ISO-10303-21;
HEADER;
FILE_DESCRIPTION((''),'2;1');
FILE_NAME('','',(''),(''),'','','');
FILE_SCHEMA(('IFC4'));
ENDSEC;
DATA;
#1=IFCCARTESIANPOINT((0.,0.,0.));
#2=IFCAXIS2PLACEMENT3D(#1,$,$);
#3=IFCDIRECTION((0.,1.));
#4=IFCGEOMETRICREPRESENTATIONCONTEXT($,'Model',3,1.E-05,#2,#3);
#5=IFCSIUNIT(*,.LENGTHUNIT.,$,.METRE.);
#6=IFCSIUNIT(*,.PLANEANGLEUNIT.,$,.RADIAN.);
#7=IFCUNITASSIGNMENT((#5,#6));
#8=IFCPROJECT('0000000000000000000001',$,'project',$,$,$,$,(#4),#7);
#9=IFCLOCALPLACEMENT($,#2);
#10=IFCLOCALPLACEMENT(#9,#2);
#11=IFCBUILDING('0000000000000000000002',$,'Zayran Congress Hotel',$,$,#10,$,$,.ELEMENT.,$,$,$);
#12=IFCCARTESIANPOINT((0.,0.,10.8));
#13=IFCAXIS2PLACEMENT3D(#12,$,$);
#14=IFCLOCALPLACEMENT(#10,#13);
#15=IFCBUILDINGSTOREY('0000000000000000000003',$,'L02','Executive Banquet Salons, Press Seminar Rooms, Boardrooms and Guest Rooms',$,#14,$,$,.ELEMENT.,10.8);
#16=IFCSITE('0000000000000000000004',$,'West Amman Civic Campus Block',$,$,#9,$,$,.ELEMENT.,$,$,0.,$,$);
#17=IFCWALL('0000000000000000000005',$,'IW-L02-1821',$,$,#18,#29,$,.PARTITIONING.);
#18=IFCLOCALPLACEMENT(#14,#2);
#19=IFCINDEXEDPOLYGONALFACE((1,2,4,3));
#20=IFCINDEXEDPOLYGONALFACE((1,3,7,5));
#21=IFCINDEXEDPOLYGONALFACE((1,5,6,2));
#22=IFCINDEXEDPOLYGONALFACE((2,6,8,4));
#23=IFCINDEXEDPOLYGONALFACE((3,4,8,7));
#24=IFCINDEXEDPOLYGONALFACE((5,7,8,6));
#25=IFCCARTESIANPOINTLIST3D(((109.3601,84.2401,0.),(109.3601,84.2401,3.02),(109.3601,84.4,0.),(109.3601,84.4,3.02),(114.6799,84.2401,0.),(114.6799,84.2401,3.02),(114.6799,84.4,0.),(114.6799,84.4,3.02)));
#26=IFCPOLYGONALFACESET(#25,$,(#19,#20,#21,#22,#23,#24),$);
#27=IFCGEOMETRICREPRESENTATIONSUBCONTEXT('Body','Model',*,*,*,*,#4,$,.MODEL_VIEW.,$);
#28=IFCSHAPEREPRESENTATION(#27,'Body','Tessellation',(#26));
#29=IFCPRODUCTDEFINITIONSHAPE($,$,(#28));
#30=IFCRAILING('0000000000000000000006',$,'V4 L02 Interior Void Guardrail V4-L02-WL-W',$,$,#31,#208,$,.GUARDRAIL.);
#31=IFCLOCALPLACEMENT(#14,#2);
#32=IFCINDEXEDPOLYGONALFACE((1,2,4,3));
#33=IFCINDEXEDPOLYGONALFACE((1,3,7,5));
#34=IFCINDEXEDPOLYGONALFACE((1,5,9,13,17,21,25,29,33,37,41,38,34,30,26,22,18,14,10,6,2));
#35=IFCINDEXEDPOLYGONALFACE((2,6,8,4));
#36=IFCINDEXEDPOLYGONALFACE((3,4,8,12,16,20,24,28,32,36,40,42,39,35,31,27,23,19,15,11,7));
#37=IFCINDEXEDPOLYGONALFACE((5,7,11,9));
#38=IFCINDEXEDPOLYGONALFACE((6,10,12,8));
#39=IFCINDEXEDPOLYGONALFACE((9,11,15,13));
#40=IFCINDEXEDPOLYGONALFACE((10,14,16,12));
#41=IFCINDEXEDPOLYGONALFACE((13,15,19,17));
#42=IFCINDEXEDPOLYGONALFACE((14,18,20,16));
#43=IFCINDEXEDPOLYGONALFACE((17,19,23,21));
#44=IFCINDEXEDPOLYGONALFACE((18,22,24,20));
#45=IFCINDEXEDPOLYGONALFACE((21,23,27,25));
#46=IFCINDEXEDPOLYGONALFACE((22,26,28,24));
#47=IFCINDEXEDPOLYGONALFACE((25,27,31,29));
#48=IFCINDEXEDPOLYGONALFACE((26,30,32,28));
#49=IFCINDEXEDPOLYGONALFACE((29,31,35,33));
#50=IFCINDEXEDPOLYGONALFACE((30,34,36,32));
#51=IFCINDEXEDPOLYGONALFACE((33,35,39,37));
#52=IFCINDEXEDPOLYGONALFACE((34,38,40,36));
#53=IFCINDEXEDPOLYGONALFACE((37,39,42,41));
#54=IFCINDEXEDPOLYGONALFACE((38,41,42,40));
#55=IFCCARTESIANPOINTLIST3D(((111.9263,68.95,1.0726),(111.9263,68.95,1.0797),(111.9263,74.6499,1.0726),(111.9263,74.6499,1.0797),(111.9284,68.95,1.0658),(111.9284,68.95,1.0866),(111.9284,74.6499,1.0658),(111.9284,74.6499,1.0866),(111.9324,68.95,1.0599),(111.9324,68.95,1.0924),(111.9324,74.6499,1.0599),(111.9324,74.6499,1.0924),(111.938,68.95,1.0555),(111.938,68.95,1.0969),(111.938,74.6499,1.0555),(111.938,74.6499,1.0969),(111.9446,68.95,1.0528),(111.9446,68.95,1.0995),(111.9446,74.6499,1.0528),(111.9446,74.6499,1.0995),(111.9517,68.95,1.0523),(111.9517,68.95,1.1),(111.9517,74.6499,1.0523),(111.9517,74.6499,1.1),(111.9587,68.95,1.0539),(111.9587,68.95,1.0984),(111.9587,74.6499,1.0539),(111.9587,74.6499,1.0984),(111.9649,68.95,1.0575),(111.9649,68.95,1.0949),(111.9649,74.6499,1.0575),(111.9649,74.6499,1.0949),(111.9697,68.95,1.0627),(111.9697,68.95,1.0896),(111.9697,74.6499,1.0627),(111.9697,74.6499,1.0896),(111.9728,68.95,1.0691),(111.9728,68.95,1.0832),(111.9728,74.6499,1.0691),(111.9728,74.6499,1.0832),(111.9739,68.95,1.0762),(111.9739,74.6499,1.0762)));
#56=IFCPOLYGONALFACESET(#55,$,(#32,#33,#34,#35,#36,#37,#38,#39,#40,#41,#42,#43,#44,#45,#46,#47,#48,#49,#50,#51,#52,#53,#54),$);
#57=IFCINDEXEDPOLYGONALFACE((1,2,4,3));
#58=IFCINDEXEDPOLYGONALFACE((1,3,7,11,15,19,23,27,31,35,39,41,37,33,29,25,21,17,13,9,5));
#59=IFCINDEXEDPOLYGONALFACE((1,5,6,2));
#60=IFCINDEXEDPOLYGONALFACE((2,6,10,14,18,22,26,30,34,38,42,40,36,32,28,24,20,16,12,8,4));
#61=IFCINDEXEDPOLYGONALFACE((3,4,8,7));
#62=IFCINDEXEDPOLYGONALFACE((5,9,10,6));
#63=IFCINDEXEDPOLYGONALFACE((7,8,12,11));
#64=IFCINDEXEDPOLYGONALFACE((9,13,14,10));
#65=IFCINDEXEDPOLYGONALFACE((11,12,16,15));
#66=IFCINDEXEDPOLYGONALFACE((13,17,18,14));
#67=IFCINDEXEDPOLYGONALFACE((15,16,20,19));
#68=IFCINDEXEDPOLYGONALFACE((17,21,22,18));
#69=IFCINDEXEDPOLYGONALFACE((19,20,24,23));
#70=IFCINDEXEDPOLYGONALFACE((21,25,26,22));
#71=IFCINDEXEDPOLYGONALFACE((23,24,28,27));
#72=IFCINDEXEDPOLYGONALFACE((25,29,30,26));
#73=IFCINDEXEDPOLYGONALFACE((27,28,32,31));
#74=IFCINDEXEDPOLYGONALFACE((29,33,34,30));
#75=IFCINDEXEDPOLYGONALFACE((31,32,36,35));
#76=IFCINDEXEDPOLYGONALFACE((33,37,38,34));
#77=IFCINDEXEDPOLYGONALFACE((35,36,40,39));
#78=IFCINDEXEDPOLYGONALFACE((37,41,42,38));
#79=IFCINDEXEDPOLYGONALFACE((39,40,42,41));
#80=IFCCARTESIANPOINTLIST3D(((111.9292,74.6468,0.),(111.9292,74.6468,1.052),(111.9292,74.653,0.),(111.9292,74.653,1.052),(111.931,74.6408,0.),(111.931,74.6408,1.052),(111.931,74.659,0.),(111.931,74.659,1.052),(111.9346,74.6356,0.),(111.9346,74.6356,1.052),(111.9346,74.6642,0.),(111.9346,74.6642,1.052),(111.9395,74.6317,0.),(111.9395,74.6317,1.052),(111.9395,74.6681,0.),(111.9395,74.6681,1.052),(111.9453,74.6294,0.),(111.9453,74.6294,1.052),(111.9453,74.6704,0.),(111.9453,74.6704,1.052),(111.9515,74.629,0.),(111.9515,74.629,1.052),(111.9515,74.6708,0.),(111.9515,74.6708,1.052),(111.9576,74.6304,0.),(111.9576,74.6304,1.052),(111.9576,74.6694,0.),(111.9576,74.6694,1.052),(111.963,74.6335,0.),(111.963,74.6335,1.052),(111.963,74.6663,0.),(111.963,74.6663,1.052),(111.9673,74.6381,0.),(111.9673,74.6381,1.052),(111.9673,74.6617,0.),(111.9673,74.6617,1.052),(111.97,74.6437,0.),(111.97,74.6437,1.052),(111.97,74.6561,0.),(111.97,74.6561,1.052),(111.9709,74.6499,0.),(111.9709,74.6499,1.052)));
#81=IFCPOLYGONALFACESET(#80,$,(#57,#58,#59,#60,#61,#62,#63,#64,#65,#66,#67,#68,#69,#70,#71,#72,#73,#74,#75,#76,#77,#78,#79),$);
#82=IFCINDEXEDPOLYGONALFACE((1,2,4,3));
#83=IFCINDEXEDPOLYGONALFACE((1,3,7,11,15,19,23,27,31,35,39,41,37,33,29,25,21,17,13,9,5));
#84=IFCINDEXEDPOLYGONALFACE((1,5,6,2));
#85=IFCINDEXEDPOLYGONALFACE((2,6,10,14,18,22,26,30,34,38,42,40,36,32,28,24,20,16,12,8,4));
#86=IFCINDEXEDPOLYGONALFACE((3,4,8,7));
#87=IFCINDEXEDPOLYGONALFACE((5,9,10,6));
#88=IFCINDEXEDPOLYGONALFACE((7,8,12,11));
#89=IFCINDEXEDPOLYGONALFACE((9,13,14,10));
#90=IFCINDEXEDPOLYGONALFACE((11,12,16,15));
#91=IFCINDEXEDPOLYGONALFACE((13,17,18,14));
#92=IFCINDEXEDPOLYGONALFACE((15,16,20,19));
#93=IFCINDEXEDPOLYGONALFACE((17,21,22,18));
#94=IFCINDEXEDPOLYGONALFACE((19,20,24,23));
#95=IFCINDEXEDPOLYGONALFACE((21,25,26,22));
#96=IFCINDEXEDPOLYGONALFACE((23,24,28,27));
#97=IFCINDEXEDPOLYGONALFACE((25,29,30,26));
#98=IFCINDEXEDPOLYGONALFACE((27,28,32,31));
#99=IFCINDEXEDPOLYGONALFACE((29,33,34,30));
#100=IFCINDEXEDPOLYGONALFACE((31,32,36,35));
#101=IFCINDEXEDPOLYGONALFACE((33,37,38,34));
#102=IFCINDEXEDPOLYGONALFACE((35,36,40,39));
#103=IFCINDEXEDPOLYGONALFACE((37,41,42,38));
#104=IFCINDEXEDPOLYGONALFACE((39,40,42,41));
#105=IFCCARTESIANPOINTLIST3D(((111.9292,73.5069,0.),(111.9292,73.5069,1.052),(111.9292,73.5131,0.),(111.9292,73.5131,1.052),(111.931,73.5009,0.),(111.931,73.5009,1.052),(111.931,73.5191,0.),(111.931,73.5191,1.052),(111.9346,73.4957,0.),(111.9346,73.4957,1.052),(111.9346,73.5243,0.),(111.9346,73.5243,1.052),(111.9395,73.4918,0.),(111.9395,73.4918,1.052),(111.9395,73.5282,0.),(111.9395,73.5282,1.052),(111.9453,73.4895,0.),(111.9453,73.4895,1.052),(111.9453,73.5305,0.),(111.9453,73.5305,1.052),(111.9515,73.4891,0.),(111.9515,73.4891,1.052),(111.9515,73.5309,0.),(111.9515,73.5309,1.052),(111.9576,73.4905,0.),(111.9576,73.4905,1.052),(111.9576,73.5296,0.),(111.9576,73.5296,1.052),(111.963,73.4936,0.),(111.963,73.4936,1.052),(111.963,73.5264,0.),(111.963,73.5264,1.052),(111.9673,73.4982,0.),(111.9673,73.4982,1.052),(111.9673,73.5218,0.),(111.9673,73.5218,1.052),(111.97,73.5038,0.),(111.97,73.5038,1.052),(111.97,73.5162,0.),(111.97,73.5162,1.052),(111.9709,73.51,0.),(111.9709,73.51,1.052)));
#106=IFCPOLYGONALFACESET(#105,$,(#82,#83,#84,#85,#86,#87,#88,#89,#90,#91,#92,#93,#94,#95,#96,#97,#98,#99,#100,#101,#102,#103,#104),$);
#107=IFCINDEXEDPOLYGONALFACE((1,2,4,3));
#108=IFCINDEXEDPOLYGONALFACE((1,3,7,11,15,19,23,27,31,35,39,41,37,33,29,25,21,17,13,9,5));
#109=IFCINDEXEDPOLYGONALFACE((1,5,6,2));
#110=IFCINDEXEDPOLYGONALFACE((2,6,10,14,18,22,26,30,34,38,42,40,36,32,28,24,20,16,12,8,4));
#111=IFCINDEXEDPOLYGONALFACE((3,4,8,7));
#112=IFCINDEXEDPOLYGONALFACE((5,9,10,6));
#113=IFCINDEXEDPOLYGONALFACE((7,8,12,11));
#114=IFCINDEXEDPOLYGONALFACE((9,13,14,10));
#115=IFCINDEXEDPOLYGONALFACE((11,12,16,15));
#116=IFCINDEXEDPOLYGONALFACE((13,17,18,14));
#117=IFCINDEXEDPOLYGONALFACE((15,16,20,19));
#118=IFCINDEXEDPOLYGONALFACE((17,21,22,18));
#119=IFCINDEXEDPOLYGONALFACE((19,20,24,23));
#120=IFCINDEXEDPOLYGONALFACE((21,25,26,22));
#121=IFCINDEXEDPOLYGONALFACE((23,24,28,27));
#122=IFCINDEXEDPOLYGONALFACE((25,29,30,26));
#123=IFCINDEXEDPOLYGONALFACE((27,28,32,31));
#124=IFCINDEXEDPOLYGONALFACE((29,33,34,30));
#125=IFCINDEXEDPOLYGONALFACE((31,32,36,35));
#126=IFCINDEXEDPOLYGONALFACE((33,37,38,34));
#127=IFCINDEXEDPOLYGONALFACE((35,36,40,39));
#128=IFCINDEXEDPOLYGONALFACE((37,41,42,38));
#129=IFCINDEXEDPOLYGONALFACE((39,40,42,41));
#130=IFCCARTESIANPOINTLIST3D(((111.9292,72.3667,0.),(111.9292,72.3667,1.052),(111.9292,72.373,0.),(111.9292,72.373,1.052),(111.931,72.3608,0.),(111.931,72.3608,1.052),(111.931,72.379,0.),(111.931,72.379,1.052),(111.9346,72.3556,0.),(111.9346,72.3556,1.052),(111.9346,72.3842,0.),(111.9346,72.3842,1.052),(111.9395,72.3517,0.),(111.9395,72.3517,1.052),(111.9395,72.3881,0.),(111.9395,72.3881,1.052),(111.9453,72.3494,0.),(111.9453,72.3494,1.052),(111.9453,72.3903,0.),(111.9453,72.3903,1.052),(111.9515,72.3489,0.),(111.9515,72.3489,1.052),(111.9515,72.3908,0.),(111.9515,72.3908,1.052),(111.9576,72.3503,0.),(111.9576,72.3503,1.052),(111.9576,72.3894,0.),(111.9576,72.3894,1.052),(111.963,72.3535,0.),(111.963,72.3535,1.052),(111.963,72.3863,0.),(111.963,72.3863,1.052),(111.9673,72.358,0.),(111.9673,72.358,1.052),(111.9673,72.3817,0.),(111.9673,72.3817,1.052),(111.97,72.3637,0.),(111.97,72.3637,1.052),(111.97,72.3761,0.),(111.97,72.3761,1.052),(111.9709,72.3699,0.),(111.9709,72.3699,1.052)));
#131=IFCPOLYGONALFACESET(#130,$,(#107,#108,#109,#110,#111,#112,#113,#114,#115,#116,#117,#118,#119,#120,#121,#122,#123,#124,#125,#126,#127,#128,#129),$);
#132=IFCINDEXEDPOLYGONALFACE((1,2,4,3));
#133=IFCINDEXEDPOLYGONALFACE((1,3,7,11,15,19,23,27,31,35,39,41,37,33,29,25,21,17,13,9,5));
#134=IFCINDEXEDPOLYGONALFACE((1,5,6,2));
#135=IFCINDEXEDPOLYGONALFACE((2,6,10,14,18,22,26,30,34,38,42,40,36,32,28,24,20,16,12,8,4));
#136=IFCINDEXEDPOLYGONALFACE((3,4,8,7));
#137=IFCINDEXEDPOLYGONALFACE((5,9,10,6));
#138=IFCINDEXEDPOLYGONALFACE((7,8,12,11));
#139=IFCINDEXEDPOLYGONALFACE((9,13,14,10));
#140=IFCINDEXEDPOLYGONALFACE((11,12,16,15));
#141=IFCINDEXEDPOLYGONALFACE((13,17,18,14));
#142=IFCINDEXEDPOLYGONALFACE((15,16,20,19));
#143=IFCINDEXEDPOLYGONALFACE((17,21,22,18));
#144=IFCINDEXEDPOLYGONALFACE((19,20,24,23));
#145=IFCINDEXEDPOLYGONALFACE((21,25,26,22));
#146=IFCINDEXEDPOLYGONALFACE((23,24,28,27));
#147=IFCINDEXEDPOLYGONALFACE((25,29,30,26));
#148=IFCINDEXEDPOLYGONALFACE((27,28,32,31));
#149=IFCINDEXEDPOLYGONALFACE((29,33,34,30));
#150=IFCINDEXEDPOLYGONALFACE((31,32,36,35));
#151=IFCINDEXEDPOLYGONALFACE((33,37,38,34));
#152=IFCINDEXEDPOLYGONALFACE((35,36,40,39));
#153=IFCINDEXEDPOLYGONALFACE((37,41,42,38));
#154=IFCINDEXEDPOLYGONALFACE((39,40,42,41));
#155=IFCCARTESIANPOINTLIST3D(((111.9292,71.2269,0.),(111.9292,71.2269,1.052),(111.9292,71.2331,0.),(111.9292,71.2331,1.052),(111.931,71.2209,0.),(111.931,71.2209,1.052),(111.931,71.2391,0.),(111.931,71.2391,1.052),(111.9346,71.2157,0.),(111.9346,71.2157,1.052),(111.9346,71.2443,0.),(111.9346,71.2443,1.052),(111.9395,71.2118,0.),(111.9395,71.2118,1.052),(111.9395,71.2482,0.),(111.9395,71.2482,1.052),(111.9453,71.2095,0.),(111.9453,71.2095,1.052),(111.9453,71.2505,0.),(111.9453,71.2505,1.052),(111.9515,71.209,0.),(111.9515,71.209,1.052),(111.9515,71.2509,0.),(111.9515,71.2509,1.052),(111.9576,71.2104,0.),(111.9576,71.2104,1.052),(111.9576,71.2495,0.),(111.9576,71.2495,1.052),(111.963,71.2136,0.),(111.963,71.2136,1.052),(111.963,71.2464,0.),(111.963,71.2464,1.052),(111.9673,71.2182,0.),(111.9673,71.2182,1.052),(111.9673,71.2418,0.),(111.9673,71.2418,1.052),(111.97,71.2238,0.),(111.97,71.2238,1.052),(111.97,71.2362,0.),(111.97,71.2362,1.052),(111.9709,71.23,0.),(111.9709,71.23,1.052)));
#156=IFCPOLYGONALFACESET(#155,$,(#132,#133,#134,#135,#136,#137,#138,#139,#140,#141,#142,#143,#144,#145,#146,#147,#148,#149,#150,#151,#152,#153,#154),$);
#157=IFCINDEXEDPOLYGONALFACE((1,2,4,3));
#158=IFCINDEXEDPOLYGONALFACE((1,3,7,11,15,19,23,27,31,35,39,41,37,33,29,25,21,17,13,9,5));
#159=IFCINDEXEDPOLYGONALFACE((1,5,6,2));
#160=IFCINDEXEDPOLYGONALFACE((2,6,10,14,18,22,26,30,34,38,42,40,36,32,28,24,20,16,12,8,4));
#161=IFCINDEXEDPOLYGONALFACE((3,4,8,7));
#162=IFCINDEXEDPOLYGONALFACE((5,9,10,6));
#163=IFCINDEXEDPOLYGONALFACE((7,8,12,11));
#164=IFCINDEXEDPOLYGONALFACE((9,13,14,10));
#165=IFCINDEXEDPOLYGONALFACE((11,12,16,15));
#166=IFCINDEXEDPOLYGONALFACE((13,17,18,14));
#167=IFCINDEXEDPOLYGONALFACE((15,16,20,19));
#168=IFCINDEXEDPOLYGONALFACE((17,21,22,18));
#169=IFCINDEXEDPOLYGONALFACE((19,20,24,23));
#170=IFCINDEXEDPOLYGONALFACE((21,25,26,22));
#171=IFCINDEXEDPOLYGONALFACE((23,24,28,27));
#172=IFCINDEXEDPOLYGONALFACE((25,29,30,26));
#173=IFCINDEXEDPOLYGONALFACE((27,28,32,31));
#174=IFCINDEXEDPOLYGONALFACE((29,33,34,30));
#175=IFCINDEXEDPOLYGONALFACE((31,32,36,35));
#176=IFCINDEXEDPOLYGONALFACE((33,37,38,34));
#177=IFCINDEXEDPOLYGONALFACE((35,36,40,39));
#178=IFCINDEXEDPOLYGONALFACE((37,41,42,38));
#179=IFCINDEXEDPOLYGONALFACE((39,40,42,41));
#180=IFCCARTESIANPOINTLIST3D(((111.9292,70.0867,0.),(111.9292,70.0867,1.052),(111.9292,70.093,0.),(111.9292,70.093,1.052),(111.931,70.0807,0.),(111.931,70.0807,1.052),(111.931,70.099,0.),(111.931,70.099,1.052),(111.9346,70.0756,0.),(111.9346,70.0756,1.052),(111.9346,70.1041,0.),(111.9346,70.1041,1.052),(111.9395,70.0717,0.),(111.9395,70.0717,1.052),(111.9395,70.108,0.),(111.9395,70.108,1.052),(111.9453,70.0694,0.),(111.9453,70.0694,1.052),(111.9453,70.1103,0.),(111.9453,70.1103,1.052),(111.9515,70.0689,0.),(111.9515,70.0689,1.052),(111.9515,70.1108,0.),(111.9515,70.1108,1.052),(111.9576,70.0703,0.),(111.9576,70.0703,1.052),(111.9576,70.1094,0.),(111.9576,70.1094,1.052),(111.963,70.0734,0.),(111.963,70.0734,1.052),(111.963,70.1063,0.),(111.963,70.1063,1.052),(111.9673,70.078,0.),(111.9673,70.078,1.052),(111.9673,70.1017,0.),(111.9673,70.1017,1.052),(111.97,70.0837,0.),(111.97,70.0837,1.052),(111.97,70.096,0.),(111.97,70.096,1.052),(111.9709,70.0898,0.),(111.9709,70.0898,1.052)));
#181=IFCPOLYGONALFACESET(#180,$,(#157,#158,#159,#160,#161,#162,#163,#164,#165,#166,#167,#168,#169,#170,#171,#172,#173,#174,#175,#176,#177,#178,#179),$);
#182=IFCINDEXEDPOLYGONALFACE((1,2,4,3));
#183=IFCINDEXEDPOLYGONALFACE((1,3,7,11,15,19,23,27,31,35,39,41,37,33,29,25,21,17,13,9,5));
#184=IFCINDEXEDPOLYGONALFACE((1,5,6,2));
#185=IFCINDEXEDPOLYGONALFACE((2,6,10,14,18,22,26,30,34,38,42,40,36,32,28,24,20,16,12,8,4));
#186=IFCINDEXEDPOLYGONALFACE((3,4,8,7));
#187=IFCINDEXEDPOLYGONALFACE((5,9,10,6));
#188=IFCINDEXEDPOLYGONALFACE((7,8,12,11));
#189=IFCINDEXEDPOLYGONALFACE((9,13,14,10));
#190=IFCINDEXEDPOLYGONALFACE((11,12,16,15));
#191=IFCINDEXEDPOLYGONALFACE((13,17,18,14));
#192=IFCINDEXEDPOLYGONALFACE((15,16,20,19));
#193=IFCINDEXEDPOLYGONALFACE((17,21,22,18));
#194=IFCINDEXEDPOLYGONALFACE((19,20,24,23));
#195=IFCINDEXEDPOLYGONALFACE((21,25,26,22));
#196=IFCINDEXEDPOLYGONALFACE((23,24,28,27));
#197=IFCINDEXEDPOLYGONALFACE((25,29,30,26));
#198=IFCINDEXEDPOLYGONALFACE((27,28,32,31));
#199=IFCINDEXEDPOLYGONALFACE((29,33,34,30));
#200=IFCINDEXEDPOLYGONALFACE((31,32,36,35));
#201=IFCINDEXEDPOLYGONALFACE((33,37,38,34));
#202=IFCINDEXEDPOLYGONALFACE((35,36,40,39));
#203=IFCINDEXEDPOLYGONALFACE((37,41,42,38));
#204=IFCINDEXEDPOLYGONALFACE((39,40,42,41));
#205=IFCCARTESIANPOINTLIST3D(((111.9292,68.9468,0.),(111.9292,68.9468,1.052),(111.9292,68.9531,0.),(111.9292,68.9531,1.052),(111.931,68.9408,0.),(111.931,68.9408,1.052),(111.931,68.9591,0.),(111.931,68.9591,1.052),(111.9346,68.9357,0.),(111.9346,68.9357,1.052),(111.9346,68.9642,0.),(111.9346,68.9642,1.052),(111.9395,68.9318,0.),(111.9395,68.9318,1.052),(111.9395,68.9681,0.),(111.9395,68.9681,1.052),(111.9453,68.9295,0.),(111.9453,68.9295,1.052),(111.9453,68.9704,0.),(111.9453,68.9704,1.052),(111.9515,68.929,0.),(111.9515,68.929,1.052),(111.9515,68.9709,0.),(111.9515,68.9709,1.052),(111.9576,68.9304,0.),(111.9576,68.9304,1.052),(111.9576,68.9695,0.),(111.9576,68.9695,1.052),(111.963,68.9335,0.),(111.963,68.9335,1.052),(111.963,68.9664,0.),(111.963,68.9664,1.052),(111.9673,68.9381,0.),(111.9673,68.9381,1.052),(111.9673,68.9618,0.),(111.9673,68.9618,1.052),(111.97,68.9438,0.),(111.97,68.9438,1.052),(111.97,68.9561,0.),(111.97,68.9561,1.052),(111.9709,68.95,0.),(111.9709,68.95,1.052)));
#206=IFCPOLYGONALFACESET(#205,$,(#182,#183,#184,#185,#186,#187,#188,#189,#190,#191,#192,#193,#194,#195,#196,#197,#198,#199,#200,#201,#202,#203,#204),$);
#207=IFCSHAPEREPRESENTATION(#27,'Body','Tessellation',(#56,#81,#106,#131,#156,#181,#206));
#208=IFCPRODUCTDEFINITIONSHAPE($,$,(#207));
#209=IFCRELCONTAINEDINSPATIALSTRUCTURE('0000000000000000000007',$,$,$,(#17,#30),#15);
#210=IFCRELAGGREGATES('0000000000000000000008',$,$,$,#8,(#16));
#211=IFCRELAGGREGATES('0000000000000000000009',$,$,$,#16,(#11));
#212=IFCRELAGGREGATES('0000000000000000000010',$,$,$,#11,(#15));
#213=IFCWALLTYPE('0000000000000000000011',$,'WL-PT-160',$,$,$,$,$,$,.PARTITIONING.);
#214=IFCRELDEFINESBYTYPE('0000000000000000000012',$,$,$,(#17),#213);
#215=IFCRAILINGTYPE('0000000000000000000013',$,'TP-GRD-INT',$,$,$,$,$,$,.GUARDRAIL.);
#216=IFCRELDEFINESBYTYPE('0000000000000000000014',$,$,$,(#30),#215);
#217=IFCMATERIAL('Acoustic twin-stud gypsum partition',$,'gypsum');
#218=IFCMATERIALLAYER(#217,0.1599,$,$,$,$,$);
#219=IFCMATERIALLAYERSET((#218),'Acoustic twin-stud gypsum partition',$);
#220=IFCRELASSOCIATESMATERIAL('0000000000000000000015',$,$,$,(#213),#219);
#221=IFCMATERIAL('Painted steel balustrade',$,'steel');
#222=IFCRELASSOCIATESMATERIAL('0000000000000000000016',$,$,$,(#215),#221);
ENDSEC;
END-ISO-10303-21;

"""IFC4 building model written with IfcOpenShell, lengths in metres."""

from ifc_helpers import new_model, si_unit, direction, frame, frame_2d, origin, origin_2d, place, context, subcontext, project, spatial, rectangle, circle, extrude, material, layer, layer_set, type_object, element, save


model = new_model("IFC4")

# Units and contexts
model_context = context("Model", 3, precision=1e-05, world=origin(), true_north=direction((0.0, 1.0)))
body_context = subcontext(model_context, "Body", "Model", "MODEL_VIEW")
ifc_project = project(units=[si_unit("LENGTHUNIT", "METRE"), si_unit("PLANEANGLEUNIT", "RADIAN")], contexts=[model_context])

# Site, building, storey
site_placement = place(None, origin())
site = spatial("IfcSite", under=ifc_project, at=site_placement, Name="West Amman Civic Campus Block", CompositionType="ELEMENT", RefElevation=0.0)
building_placement = place(site_placement, origin())
building = spatial("IfcBuilding", under=site, at=building_placement, Name="Zayran Congress Hotel", CompositionType="ELEMENT")
storey_placement = place(building_placement, frame((0.0, 0.0, 10.8)))
storey = spatial("IfcBuildingStorey", under=building, at=storey_placement, Name="L02", Description="Executive Banquet Salons, Press Seminar Rooms, Boardrooms and Guest Rooms", CompositionType="ELEMENT", Elevation=10.8)

# Wall
ifc_material_1 = material(Name="Acoustic twin-stud gypsum partition", Category="gypsum")
ifc_layer_1 = layer(ifc_material_1, 0.1599)
ifc_layer_set_1 = layer_set([ifc_layer_1], Name="Acoustic twin-stud gypsum partition")
wall_type = type_object("IfcWallType", Name="WL-PT-160", PredefinedType="PARTITIONING", material=ifc_layer_set_1)
wall_placement = place(storey_placement, frame((109.3601, 84.3201, 0.0), z_axis=(0.0, 0.0, 1.0), x_axis=(1.0, 0.0, 0.0)))
element("IfcWall", 1, at=wall_placement, inside=storey, type_object=wall_type, Name="IW-L02-1821", PredefinedType="PARTITIONING", context=body_context, shape_type="SweptSolid", body=[
    extrude(rectangle(XDim=5.3198, YDim=0.1599, at=frame_2d((2.6599, 0.0))), origin(), (0.0, 0.0, 1.0), 3.02),
])

# Railing
ifc_material_2 = material(Name="Painted steel balustrade", Category="steel")
railing_type = type_object("IfcRailingType", Name="TP-GRD-INT", PredefinedType="GUARDRAIL", material=ifc_material_2)
railing_placement = place(storey_placement, frame((111.95, 74.6499, 0.0)))
element("IfcRailing", 2, at=railing_placement, inside=storey, type_object=railing_type, Name="V4 L02 Interior Void Guardrail V4-L02-WL-W", PredefinedType="GUARDRAIL", context=body_context, shape_type="SweptSolid", body=[
    extrude(circle(Radius=0.0239, at=origin_2d()), frame((0.0, 0.0, 1.0762), z_axis=(0.0, -1.0, 0.0), x_axis=(1.0, 0.0, 0.0)), (0.0, 0.0, 1.0), 5.7),
    extrude(circle(Radius=0.021, at=origin_2d()), origin(), (0.0, 0.0, 1.0), 1.052),
    extrude(circle(Radius=0.021, at=origin_2d()), frame((0.0, -1.1399, 0.0)), (0.0, 0.0, 1.0), 1.052),
    extrude(circle(Radius=0.021, at=origin_2d()), frame((0.0, -2.28, 0.0)), (0.0, 0.0, 1.0), 1.052),
    extrude(circle(Radius=0.021, at=origin_2d()), frame((0.0, -3.4199, 0.0)), (0.0, 0.0, 1.0), 1.052),
    extrude(circle(Radius=0.021, at=origin_2d()), frame((0.0, -4.5601, 0.0)), (0.0, 0.0, 1.0), 1.052),
    extrude(circle(Radius=0.021, at=origin_2d()), frame((0.0, -5.7, 0.0)), (0.0, 0.0, 1.0), 1.052),
])

save(model, "model.ifc")
